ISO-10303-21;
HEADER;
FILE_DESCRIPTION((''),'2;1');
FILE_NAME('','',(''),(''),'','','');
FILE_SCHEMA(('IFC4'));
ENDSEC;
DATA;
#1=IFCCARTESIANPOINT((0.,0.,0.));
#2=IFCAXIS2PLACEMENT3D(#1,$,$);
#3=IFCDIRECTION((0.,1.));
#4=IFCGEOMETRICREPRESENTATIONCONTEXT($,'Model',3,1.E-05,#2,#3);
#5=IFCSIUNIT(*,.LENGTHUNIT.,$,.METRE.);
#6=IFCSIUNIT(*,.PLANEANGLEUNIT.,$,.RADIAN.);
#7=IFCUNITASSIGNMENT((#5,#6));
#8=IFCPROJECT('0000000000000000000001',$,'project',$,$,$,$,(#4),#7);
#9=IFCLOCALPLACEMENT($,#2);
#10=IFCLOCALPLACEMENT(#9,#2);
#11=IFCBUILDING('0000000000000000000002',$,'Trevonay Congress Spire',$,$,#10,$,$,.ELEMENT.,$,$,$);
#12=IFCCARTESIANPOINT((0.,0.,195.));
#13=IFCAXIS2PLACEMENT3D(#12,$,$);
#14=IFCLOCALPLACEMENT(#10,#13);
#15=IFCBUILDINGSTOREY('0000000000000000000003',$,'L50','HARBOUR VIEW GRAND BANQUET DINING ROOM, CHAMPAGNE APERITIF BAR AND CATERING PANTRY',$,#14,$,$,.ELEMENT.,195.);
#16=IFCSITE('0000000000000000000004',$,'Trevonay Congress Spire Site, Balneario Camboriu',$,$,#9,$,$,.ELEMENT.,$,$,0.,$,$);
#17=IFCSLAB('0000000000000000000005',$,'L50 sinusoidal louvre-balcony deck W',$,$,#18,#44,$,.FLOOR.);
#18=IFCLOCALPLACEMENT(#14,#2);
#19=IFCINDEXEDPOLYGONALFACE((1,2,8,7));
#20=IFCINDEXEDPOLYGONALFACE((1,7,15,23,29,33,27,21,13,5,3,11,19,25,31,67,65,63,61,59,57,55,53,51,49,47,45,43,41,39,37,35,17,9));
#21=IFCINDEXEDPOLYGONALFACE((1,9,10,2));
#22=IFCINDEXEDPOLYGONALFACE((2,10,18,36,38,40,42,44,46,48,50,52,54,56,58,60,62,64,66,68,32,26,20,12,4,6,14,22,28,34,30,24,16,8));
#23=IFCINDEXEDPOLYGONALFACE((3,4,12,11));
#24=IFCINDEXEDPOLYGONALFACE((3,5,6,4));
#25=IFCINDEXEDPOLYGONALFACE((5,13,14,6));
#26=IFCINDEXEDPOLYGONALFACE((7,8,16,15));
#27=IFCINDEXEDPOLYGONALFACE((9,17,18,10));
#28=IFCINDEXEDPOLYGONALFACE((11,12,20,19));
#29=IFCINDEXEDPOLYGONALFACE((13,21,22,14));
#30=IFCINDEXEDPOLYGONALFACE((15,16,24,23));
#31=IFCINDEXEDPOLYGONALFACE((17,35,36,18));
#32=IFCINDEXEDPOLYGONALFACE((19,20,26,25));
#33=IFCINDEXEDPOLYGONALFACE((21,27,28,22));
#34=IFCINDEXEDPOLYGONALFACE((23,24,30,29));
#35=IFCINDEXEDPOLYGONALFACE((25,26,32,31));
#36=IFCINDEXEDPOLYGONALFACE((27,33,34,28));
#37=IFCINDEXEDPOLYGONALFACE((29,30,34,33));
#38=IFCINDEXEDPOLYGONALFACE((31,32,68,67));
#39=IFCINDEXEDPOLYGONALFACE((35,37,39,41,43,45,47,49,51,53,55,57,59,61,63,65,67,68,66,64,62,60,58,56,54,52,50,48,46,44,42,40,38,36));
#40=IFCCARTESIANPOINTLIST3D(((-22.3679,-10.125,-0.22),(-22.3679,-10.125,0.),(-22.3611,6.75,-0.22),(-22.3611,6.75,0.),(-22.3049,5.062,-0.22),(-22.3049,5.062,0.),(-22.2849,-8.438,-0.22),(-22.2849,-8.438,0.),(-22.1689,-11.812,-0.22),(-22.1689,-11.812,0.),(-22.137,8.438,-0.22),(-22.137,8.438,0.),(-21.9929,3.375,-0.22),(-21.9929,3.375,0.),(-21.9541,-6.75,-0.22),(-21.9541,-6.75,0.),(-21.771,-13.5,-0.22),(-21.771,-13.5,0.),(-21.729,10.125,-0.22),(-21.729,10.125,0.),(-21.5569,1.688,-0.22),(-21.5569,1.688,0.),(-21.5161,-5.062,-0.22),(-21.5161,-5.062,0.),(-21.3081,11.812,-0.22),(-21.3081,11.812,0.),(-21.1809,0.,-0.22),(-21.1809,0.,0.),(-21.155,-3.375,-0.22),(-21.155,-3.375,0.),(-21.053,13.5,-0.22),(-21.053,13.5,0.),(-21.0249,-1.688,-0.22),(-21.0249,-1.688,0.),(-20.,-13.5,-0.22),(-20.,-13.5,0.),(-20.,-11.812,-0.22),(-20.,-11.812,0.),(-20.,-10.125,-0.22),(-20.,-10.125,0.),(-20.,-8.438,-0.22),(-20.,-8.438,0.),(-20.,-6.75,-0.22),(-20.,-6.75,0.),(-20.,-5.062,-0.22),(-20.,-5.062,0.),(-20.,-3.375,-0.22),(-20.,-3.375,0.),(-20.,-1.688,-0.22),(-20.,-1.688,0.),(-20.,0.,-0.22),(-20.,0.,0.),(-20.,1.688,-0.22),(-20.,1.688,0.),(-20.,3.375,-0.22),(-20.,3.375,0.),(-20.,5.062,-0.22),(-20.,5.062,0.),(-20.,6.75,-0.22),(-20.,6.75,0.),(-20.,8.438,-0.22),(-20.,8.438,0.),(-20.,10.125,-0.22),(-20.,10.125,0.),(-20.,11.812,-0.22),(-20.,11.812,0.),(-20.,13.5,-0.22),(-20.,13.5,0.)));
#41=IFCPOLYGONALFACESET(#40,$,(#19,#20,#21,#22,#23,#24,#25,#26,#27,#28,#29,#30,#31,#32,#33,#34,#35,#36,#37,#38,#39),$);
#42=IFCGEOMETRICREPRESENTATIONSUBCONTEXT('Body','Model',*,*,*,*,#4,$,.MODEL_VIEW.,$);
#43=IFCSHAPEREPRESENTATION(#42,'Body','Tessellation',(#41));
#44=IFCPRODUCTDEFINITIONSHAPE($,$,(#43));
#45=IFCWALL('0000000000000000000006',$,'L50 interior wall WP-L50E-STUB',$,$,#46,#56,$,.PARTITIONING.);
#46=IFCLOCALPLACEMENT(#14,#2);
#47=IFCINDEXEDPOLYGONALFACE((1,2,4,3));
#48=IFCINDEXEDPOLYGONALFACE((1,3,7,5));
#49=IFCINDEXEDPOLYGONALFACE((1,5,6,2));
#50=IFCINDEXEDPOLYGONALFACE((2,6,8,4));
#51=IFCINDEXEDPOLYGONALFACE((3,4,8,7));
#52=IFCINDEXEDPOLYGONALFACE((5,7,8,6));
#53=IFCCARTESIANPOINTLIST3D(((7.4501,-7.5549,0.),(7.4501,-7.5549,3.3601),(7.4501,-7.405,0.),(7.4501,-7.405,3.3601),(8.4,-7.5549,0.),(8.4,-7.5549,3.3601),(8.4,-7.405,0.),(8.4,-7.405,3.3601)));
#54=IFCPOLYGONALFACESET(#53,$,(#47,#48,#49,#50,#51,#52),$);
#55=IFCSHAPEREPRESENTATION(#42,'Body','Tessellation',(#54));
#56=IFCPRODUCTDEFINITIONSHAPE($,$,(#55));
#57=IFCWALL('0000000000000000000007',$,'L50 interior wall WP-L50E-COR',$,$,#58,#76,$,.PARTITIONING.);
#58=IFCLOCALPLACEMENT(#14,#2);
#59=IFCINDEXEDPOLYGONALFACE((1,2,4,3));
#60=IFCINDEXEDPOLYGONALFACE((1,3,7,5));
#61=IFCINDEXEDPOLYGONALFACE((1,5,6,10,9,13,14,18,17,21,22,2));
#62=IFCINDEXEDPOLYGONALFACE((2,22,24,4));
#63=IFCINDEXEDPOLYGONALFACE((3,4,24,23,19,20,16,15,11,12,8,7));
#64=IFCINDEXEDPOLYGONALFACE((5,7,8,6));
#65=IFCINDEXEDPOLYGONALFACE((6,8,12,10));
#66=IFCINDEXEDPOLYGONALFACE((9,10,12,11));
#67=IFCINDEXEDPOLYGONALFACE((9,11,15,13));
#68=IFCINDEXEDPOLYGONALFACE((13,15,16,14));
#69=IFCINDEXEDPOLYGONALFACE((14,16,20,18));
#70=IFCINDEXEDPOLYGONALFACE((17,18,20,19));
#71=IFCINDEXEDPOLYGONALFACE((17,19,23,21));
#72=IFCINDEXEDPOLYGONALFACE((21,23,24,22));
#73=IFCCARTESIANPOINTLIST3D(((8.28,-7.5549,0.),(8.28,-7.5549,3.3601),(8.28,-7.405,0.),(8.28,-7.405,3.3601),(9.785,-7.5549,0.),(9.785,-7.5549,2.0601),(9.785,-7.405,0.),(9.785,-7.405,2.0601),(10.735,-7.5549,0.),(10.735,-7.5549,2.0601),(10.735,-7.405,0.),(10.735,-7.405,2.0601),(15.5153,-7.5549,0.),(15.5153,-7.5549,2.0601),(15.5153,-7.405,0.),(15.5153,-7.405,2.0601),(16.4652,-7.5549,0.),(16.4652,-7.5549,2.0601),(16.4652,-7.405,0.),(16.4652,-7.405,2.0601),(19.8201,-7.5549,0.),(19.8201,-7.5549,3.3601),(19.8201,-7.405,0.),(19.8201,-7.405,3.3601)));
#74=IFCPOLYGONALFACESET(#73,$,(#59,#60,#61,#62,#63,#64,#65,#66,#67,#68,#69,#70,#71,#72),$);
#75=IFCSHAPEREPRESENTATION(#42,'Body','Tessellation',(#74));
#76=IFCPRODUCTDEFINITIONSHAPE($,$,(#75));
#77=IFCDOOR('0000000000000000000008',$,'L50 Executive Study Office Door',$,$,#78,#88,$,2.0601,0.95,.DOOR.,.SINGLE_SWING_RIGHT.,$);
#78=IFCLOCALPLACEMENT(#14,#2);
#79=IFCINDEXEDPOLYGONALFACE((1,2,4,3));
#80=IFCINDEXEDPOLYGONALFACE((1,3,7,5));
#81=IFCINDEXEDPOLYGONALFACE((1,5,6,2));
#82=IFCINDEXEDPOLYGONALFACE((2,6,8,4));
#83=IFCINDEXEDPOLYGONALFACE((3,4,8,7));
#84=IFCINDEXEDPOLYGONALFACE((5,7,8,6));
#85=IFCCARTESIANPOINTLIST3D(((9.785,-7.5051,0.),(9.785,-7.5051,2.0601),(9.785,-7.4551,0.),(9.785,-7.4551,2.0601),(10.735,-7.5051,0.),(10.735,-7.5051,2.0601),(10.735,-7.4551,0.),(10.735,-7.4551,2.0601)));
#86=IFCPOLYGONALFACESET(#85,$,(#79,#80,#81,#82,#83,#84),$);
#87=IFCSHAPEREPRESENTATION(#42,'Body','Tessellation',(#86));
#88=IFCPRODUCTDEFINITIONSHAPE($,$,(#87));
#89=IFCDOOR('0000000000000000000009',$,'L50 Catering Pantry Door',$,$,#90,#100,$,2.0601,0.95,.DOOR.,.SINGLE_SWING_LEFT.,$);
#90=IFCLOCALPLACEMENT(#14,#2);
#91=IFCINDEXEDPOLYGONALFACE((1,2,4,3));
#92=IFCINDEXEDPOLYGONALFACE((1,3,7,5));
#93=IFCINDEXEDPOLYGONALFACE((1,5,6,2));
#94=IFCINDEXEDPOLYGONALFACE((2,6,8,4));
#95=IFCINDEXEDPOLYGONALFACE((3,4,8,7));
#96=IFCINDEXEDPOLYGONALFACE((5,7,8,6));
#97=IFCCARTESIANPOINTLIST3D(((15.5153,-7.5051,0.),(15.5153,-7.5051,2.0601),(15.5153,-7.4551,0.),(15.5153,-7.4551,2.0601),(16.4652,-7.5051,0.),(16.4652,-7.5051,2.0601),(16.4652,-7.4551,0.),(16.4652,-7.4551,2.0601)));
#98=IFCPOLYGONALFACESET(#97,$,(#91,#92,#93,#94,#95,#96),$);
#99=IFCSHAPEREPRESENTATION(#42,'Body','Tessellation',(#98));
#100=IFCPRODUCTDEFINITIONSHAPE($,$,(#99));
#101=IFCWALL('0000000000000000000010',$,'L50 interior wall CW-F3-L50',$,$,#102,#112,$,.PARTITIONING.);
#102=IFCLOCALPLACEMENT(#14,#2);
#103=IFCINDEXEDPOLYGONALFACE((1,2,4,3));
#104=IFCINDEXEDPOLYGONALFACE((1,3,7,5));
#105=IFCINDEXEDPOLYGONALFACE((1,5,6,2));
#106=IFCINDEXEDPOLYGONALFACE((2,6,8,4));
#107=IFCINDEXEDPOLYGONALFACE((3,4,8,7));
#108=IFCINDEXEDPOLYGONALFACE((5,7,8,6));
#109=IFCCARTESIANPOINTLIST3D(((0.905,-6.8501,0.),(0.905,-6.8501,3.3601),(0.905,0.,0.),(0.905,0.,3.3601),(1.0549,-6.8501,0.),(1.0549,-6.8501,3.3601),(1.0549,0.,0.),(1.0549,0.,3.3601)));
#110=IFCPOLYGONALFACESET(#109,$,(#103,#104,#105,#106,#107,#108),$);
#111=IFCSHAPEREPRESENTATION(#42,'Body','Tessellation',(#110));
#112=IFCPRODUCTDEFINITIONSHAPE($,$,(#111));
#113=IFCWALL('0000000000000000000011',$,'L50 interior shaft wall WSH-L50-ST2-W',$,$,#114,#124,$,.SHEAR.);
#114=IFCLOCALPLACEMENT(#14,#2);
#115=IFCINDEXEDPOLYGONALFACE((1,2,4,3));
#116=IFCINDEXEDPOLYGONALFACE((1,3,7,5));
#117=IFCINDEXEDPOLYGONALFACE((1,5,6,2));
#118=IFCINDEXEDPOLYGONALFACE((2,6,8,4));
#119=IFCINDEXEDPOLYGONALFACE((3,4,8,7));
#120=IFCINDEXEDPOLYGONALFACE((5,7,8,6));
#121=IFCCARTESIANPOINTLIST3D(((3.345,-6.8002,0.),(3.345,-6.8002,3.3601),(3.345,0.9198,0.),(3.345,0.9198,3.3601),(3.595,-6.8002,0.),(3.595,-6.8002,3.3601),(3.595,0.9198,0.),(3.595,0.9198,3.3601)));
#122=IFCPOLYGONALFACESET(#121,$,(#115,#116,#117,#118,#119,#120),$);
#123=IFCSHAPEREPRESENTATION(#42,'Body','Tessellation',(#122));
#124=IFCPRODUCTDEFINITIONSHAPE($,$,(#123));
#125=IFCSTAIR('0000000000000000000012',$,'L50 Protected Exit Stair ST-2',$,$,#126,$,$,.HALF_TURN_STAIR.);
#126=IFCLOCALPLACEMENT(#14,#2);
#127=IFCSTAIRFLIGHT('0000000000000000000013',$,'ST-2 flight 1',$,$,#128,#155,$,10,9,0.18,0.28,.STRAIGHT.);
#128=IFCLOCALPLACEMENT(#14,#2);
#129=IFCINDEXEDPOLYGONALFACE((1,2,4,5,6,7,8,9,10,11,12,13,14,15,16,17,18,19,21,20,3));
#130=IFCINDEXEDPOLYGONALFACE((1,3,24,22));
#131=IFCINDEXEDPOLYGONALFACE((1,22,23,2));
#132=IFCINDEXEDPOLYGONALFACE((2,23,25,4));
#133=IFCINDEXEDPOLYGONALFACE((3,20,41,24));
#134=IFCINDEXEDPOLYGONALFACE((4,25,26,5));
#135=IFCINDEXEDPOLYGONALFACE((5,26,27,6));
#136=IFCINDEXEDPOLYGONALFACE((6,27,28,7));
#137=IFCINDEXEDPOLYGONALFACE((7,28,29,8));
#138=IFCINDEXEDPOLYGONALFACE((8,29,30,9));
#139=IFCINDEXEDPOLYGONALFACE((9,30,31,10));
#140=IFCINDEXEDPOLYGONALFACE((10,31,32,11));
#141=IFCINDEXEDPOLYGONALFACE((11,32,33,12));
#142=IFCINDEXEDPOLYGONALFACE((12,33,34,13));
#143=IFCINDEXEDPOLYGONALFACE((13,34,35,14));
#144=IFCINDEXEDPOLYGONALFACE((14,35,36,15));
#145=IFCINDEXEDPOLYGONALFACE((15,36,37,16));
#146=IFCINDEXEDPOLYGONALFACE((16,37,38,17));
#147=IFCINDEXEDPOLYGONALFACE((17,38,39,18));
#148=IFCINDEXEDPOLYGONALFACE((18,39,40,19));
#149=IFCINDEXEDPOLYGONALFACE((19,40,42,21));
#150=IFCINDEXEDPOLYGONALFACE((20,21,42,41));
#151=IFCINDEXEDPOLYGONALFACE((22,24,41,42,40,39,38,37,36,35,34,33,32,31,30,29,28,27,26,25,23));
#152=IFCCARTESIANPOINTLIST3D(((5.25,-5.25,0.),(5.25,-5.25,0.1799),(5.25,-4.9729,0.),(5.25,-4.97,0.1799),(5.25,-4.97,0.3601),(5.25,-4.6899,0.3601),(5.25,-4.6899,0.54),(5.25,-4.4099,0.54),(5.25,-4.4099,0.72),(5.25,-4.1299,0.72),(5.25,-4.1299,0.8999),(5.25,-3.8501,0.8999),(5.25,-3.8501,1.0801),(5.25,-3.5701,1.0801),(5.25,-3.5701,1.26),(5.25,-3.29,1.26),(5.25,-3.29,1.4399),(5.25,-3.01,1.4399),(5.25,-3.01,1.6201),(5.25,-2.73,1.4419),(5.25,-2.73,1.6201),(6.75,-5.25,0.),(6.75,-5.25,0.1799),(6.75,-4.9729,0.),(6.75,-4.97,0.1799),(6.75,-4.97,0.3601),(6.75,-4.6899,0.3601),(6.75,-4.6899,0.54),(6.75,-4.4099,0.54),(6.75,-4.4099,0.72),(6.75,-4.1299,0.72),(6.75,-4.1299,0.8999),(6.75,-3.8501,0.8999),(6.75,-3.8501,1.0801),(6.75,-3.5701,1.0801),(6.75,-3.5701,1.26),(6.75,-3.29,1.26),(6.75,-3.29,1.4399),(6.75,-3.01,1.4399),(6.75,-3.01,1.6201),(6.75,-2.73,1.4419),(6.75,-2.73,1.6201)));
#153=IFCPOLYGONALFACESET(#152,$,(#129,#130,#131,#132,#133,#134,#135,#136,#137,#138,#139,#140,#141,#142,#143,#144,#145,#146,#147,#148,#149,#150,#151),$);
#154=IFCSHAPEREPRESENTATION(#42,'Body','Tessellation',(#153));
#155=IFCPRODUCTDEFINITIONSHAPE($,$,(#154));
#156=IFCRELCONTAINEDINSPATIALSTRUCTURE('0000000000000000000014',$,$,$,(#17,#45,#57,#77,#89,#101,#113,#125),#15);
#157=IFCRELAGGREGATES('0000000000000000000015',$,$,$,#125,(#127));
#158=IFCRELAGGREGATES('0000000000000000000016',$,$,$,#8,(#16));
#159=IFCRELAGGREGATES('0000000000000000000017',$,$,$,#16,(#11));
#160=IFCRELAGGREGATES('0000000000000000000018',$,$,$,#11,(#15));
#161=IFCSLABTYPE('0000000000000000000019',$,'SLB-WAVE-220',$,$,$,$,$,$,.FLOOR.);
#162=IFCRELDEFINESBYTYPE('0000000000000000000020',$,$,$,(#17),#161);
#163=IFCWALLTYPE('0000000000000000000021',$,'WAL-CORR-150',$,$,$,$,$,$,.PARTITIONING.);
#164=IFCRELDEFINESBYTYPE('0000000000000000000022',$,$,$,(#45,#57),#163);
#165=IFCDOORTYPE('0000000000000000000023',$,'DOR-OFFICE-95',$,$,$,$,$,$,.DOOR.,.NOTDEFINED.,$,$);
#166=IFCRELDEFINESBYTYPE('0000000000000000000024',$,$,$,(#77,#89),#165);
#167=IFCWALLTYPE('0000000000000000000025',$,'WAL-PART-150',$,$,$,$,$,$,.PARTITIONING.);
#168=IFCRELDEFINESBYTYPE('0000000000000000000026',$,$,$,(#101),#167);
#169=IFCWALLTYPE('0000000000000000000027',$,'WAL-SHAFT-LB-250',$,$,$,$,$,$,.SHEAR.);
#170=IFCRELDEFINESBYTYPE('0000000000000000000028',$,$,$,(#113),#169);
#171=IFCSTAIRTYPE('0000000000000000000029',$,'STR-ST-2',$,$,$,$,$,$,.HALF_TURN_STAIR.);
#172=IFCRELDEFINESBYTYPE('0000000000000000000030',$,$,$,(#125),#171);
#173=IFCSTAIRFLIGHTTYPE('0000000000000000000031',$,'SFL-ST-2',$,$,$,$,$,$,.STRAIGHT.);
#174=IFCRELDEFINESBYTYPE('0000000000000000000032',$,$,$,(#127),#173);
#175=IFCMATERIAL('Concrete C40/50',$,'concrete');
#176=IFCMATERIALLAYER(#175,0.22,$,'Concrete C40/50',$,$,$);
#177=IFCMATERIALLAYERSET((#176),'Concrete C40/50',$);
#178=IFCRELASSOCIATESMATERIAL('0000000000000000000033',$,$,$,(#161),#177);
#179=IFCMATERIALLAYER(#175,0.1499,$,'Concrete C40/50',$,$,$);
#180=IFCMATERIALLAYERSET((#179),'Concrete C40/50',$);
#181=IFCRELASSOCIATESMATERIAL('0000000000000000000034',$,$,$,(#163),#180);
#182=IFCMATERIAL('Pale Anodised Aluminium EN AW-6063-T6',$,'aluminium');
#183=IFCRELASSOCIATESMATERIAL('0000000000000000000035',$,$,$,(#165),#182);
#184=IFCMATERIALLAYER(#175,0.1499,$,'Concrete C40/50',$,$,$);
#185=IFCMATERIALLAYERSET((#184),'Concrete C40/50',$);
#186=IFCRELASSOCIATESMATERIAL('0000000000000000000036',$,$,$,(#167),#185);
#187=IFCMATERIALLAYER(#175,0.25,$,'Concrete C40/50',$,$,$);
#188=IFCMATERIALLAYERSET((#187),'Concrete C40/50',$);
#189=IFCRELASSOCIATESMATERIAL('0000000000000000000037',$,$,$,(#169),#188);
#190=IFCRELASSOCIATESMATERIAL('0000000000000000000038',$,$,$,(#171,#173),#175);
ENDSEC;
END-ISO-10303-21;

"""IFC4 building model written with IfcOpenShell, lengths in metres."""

from ifc_helpers import new_model, si_unit, direction, frame, frame_2d, origin, place, context, subcontext, project, spatial, polyline, rectangle, outline, extrude, material, layer, layer_set, type_object, element, fill, aggregate, save


model = new_model("IFC4")

# Units and contexts
model_context = context("Model", 3, precision=1e-05, world=origin(), true_north=direction((0.0, 1.0)))
body_context = subcontext(model_context, "Body", "Model", "MODEL_VIEW")
ifc_project = project(units=[si_unit("LENGTHUNIT", "METRE"), si_unit("PLANEANGLEUNIT", "RADIAN")], contexts=[model_context])

# Site, building, storey
site_placement = place(None, origin())
site = spatial("IfcSite", under=ifc_project, at=site_placement, Name="Trevonay Congress Spire Site, Balneario Camboriu", CompositionType="ELEMENT", RefElevation=0.0)
building_placement = place(site_placement, origin())
building = spatial("IfcBuilding", under=site, at=building_placement, Name="Trevonay Congress Spire", CompositionType="ELEMENT")
storey_placement = place(building_placement, frame((0.0, 0.0, 195.0)))
storey = spatial("IfcBuildingStorey", under=building, at=storey_placement, Name="L50", Description="HARBOUR VIEW GRAND BANQUET DINING ROOM, CHAMPAGNE APERITIF BAR AND CATERING PANTRY", CompositionType="ELEMENT", Elevation=195.0)

# Slab
ifc_material_1 = material(Name="Concrete C40/50", Category="concrete")
ifc_layer_1 = layer(ifc_material_1, 0.22, Name="Concrete C40/50")
ifc_layer_set_1 = layer_set([ifc_layer_1], Name="Concrete C40/50")
slab_type_1 = type_object("IfcSlabType", Name="SLB-WAVE-220", PredefinedType="FLOOR", material=ifc_layer_set_1)
slab_1_placement = place(storey_placement, frame((0.0, 0.0, -0.22)))
element("IfcSlab", 1, at=slab_1_placement, inside=storey, type_object=slab_type_1, Name="L50 sinusoidal louvre-balcony deck W", PredefinedType="FLOOR", context=body_context, shape_type="SweptSolid", body=[
    extrude(outline(polyline([(-20.0, -13.5), (-20.0, -11.812), (-20.0, -10.125), (-20.0, -8.438), (-20.0, -6.75), (-20.0, -5.062), (-20.0, -3.375), (-20.0, -1.688), (-20.0, 0.0), (-20.0, 1.688), (-20.0, 3.375), (-20.0, 5.062), (-20.0, 6.75), (-20.0, 8.438), (-20.0, 10.125), (-20.0, 11.812), (-20.0, 13.5), (-21.053, 13.5), (-21.3081, 11.812), (-21.729, 10.125), (-22.137, 8.438), (-22.3611, 6.75), (-22.3049, 5.062), (-21.9929, 3.375), (-21.5569, 1.688), (-21.1809, 0.0), (-21.0249, -1.688), (-21.155, -3.375), (-21.5161, -5.062), (-21.9541, -6.75), (-22.2849, -8.438), (-22.3679, -10.125), (-22.1689, -11.812), (-21.771, -13.5), (-20.0, -13.5)])), origin(), (0.0, 0.0, 1.0), 0.22),
])

# Wall
ifc_layer_2 = layer(ifc_material_1, 0.1499, Name="Concrete C40/50")
ifc_layer_set_2 = layer_set([ifc_layer_2], Name="Concrete C40/50")
wall_type_1 = type_object("IfcWallType", Name="WAL-CORR-150", PredefinedType="PARTITIONING", material=ifc_layer_set_2)
wall_1_placement = place(storey_placement, frame((7.45, -7.48, 0.0), z_axis=(0.0, 0.0, 1.0), x_axis=(1.0, 0.0, 0.0)))
element("IfcWall", 2, at=wall_1_placement, inside=storey, type_object=wall_type_1, Name="L50 interior wall WP-L50E-STUB", PredefinedType="PARTITIONING", context=body_context, shape_type="SweptSolid", body=[
    extrude(rectangle(XDim=0.95, YDim=0.1499, at=frame_2d((0.4751, 0.0))), origin(), (0.0, 0.0, 1.0), 3.3601),
])

# Wall, openings, doors
wall_2_placement = place(storey_placement, frame((8.28, -7.48, 0.0), z_axis=(0.0, 0.0, 1.0), x_axis=(1.0, 0.0, 0.0)))
wall_2 = element("IfcWall", 3, at=wall_2_placement, inside=storey, type_object=wall_type_1, Name="L50 interior wall WP-L50E-COR", PredefinedType="PARTITIONING", context=body_context, shape_type="SweptSolid", body=[
    extrude(rectangle(XDim=11.54, YDim=0.1499, at=frame_2d((5.77, 0.0))), origin(), (0.0, 0.0, 1.0), 3.3601),
])
opening_1_placement = place(wall_2_placement, frame((1.5049, 0.0, 0.0)))
opening_1 = element("IfcOpeningElement", 4, at=opening_1_placement, cuts=wall_2, PredefinedType="OPENING", context=body_context, shape_type="SweptSolid", body=[
    extrude(rectangle(XDim=0.95, YDim=2.0601, at=frame_2d((0.4751, 1.03))), frame((0.0, 0.085, 0.0), z_axis=(0.0, -1.0, 0.0), x_axis=(1.0, 0.0, 0.0)), (0.0, 0.0, 1.0), 0.1699),
])
opening_2_placement = place(wall_2_placement, frame((7.2351, 0.0, 0.0)))
opening_2 = element("IfcOpeningElement", 5, at=opening_2_placement, cuts=wall_2, PredefinedType="OPENING", context=body_context, shape_type="SweptSolid", body=[
    extrude(rectangle(XDim=0.95, YDim=2.0601, at=frame_2d((0.4751, 1.03))), frame((0.0, 0.085, 0.0), z_axis=(0.0, -1.0, 0.0), x_axis=(1.0, 0.0, 0.0)), (0.0, 0.0, 1.0), 0.1699),
])
ifc_material_2 = material(Name="Pale Anodised Aluminium EN AW-6063-T6", Category="aluminium")
door_type = type_object("IfcDoorType", Name="DOR-OFFICE-95", OperationType="NOTDEFINED", PredefinedType="DOOR", material=ifc_material_2)
door_1_placement = place(opening_1_placement, origin())
door_1 = element("IfcDoor", 6, at=door_1_placement, inside=storey, type_object=door_type, Name="L50 Executive Study Office Door", OperationType="SINGLE_SWING_RIGHT", OverallHeight=2.0601, OverallWidth=0.95, PredefinedType="DOOR", context=body_context, shape_type="SweptSolid", body=[
    extrude(rectangle(XDim=0.95, YDim=2.0601, at=frame_2d((0.4751, 1.03))), frame((0.0, 0.0249, 0.0), z_axis=(0.0, -1.0, 0.0), x_axis=(1.0, 0.0, 0.0)), (0.0, 0.0, 1.0), 0.05),
])
fill(opening_1, door_1)
door_2_placement = place(opening_2_placement, origin())
door_2 = element("IfcDoor", 7, at=door_2_placement, inside=storey, type_object=door_type, Name="L50 Catering Pantry Door", OperationType="SINGLE_SWING_LEFT", OverallHeight=2.0601, OverallWidth=0.95, PredefinedType="DOOR", context=body_context, shape_type="SweptSolid", body=[
    extrude(rectangle(XDim=0.95, YDim=2.0601, at=frame_2d((0.4751, 1.03))), frame((0.0, 0.0249, 0.0), z_axis=(0.0, -1.0, 0.0), x_axis=(1.0, 0.0, 0.0)), (0.0, 0.0, 1.0), 0.05),
])
fill(opening_2, door_2)

# Walls
ifc_layer_3 = layer(ifc_material_1, 0.1499, Name="Concrete C40/50")
ifc_layer_set_3 = layer_set([ifc_layer_3], Name="Concrete C40/50")
wall_type_2 = type_object("IfcWallType", Name="WAL-PART-150", PredefinedType="PARTITIONING", material=ifc_layer_set_3)
wall_3_placement = place(storey_placement, frame((0.98, -6.8501, 0.0), z_axis=(0.0, 0.0, 1.0), x_axis=(0.0, 1.0, 0.0)))
element("IfcWall", 8, at=wall_3_placement, inside=storey, type_object=wall_type_2, Name="L50 interior wall CW-F3-L50", PredefinedType="PARTITIONING", context=body_context, shape_type="SweptSolid", body=[
    extrude(rectangle(XDim=6.8501, YDim=0.1499, at=frame_2d((3.425, 0.0))), origin(), (0.0, 0.0, 1.0), 3.3601),
])
ifc_layer_4 = layer(ifc_material_1, 0.25, Name="Concrete C40/50")
ifc_layer_set_4 = layer_set([ifc_layer_4], Name="Concrete C40/50")
wall_type_3 = type_object("IfcWallType", Name="WAL-SHAFT-LB-250", PredefinedType="SHEAR", material=ifc_layer_set_4)
wall_4_placement = place(storey_placement, frame((3.47, -6.8, 0.0), z_axis=(0.0, 0.0, 1.0), x_axis=(0.0, 1.0, 0.0)))
element("IfcWall", 9, at=wall_4_placement, inside=storey, type_object=wall_type_3, Name="L50 interior shaft wall WSH-L50-ST2-W", PredefinedType="SHEAR", context=body_context, shape_type="SweptSolid", body=[
    extrude(rectangle(XDim=7.72, YDim=0.25, at=frame_2d((3.8599, 0.0))), origin(), (0.0, 0.0, 1.0), 3.3601),
])

# Stair, stair flight
stair_type = type_object("IfcStairType", Name="STR-ST-2", PredefinedType="HALF_TURN_STAIR", material=ifc_material_1)
stair_placement = place(storey_placement, origin())
stair = element("IfcStair", 10, at=stair_placement, inside=storey, type_object=stair_type, Name="L50 Protected Exit Stair ST-2", PredefinedType="HALF_TURN_STAIR")
stair_flight_type = type_object("IfcStairFlightType", Name="SFL-ST-2", PredefinedType="STRAIGHT", material=ifc_material_1)
stair_flight_1_placement = place(storey_placement, frame((6.0, -5.25, 0.0), z_axis=(0.0, 0.0, 1.0), x_axis=(0.0, 1.0, 0.0)))
stair_flight_1 = element("IfcStairFlight", 11, at=stair_flight_1_placement, type_object=stair_flight_type, Name="ST-2 flight 1", NumberOfRisers=10, NumberOfTreads=9, PredefinedType="STRAIGHT", RiserHeight=0.18, TreadLength=0.28, context=body_context, shape_type="SweptSolid", body=[
    extrude(outline(polyline([(0.0, 0.0), (0.0, 0.1799), (0.28, 0.1799), (0.28, 0.3601), (0.5601, 0.3601), (0.5601, 0.54), (0.8401, 0.54), (0.8401, 0.72), (1.1201, 0.72), (1.1201, 0.8999), (1.3999, 0.8999), (1.3999, 1.0801), (1.6799, 1.0801), (1.6799, 1.26), (1.96, 1.26), (1.96, 1.4399), (2.24, 1.4399), (2.24, 1.6201), (2.52, 1.6201), (2.52, 1.8), (2.52, 1.4419), (0.2771, 0.0), (0.0, 0.0)])), frame((0.0, 0.75, 0.0), z_axis=(0.0, -1.0, 0.0), x_axis=(1.0, 0.0, 0.0)), (0.0, 0.0, 1.0), 1.5),
])
aggregate(stair, [stair_flight_1])

save(model, "model.ifc")
